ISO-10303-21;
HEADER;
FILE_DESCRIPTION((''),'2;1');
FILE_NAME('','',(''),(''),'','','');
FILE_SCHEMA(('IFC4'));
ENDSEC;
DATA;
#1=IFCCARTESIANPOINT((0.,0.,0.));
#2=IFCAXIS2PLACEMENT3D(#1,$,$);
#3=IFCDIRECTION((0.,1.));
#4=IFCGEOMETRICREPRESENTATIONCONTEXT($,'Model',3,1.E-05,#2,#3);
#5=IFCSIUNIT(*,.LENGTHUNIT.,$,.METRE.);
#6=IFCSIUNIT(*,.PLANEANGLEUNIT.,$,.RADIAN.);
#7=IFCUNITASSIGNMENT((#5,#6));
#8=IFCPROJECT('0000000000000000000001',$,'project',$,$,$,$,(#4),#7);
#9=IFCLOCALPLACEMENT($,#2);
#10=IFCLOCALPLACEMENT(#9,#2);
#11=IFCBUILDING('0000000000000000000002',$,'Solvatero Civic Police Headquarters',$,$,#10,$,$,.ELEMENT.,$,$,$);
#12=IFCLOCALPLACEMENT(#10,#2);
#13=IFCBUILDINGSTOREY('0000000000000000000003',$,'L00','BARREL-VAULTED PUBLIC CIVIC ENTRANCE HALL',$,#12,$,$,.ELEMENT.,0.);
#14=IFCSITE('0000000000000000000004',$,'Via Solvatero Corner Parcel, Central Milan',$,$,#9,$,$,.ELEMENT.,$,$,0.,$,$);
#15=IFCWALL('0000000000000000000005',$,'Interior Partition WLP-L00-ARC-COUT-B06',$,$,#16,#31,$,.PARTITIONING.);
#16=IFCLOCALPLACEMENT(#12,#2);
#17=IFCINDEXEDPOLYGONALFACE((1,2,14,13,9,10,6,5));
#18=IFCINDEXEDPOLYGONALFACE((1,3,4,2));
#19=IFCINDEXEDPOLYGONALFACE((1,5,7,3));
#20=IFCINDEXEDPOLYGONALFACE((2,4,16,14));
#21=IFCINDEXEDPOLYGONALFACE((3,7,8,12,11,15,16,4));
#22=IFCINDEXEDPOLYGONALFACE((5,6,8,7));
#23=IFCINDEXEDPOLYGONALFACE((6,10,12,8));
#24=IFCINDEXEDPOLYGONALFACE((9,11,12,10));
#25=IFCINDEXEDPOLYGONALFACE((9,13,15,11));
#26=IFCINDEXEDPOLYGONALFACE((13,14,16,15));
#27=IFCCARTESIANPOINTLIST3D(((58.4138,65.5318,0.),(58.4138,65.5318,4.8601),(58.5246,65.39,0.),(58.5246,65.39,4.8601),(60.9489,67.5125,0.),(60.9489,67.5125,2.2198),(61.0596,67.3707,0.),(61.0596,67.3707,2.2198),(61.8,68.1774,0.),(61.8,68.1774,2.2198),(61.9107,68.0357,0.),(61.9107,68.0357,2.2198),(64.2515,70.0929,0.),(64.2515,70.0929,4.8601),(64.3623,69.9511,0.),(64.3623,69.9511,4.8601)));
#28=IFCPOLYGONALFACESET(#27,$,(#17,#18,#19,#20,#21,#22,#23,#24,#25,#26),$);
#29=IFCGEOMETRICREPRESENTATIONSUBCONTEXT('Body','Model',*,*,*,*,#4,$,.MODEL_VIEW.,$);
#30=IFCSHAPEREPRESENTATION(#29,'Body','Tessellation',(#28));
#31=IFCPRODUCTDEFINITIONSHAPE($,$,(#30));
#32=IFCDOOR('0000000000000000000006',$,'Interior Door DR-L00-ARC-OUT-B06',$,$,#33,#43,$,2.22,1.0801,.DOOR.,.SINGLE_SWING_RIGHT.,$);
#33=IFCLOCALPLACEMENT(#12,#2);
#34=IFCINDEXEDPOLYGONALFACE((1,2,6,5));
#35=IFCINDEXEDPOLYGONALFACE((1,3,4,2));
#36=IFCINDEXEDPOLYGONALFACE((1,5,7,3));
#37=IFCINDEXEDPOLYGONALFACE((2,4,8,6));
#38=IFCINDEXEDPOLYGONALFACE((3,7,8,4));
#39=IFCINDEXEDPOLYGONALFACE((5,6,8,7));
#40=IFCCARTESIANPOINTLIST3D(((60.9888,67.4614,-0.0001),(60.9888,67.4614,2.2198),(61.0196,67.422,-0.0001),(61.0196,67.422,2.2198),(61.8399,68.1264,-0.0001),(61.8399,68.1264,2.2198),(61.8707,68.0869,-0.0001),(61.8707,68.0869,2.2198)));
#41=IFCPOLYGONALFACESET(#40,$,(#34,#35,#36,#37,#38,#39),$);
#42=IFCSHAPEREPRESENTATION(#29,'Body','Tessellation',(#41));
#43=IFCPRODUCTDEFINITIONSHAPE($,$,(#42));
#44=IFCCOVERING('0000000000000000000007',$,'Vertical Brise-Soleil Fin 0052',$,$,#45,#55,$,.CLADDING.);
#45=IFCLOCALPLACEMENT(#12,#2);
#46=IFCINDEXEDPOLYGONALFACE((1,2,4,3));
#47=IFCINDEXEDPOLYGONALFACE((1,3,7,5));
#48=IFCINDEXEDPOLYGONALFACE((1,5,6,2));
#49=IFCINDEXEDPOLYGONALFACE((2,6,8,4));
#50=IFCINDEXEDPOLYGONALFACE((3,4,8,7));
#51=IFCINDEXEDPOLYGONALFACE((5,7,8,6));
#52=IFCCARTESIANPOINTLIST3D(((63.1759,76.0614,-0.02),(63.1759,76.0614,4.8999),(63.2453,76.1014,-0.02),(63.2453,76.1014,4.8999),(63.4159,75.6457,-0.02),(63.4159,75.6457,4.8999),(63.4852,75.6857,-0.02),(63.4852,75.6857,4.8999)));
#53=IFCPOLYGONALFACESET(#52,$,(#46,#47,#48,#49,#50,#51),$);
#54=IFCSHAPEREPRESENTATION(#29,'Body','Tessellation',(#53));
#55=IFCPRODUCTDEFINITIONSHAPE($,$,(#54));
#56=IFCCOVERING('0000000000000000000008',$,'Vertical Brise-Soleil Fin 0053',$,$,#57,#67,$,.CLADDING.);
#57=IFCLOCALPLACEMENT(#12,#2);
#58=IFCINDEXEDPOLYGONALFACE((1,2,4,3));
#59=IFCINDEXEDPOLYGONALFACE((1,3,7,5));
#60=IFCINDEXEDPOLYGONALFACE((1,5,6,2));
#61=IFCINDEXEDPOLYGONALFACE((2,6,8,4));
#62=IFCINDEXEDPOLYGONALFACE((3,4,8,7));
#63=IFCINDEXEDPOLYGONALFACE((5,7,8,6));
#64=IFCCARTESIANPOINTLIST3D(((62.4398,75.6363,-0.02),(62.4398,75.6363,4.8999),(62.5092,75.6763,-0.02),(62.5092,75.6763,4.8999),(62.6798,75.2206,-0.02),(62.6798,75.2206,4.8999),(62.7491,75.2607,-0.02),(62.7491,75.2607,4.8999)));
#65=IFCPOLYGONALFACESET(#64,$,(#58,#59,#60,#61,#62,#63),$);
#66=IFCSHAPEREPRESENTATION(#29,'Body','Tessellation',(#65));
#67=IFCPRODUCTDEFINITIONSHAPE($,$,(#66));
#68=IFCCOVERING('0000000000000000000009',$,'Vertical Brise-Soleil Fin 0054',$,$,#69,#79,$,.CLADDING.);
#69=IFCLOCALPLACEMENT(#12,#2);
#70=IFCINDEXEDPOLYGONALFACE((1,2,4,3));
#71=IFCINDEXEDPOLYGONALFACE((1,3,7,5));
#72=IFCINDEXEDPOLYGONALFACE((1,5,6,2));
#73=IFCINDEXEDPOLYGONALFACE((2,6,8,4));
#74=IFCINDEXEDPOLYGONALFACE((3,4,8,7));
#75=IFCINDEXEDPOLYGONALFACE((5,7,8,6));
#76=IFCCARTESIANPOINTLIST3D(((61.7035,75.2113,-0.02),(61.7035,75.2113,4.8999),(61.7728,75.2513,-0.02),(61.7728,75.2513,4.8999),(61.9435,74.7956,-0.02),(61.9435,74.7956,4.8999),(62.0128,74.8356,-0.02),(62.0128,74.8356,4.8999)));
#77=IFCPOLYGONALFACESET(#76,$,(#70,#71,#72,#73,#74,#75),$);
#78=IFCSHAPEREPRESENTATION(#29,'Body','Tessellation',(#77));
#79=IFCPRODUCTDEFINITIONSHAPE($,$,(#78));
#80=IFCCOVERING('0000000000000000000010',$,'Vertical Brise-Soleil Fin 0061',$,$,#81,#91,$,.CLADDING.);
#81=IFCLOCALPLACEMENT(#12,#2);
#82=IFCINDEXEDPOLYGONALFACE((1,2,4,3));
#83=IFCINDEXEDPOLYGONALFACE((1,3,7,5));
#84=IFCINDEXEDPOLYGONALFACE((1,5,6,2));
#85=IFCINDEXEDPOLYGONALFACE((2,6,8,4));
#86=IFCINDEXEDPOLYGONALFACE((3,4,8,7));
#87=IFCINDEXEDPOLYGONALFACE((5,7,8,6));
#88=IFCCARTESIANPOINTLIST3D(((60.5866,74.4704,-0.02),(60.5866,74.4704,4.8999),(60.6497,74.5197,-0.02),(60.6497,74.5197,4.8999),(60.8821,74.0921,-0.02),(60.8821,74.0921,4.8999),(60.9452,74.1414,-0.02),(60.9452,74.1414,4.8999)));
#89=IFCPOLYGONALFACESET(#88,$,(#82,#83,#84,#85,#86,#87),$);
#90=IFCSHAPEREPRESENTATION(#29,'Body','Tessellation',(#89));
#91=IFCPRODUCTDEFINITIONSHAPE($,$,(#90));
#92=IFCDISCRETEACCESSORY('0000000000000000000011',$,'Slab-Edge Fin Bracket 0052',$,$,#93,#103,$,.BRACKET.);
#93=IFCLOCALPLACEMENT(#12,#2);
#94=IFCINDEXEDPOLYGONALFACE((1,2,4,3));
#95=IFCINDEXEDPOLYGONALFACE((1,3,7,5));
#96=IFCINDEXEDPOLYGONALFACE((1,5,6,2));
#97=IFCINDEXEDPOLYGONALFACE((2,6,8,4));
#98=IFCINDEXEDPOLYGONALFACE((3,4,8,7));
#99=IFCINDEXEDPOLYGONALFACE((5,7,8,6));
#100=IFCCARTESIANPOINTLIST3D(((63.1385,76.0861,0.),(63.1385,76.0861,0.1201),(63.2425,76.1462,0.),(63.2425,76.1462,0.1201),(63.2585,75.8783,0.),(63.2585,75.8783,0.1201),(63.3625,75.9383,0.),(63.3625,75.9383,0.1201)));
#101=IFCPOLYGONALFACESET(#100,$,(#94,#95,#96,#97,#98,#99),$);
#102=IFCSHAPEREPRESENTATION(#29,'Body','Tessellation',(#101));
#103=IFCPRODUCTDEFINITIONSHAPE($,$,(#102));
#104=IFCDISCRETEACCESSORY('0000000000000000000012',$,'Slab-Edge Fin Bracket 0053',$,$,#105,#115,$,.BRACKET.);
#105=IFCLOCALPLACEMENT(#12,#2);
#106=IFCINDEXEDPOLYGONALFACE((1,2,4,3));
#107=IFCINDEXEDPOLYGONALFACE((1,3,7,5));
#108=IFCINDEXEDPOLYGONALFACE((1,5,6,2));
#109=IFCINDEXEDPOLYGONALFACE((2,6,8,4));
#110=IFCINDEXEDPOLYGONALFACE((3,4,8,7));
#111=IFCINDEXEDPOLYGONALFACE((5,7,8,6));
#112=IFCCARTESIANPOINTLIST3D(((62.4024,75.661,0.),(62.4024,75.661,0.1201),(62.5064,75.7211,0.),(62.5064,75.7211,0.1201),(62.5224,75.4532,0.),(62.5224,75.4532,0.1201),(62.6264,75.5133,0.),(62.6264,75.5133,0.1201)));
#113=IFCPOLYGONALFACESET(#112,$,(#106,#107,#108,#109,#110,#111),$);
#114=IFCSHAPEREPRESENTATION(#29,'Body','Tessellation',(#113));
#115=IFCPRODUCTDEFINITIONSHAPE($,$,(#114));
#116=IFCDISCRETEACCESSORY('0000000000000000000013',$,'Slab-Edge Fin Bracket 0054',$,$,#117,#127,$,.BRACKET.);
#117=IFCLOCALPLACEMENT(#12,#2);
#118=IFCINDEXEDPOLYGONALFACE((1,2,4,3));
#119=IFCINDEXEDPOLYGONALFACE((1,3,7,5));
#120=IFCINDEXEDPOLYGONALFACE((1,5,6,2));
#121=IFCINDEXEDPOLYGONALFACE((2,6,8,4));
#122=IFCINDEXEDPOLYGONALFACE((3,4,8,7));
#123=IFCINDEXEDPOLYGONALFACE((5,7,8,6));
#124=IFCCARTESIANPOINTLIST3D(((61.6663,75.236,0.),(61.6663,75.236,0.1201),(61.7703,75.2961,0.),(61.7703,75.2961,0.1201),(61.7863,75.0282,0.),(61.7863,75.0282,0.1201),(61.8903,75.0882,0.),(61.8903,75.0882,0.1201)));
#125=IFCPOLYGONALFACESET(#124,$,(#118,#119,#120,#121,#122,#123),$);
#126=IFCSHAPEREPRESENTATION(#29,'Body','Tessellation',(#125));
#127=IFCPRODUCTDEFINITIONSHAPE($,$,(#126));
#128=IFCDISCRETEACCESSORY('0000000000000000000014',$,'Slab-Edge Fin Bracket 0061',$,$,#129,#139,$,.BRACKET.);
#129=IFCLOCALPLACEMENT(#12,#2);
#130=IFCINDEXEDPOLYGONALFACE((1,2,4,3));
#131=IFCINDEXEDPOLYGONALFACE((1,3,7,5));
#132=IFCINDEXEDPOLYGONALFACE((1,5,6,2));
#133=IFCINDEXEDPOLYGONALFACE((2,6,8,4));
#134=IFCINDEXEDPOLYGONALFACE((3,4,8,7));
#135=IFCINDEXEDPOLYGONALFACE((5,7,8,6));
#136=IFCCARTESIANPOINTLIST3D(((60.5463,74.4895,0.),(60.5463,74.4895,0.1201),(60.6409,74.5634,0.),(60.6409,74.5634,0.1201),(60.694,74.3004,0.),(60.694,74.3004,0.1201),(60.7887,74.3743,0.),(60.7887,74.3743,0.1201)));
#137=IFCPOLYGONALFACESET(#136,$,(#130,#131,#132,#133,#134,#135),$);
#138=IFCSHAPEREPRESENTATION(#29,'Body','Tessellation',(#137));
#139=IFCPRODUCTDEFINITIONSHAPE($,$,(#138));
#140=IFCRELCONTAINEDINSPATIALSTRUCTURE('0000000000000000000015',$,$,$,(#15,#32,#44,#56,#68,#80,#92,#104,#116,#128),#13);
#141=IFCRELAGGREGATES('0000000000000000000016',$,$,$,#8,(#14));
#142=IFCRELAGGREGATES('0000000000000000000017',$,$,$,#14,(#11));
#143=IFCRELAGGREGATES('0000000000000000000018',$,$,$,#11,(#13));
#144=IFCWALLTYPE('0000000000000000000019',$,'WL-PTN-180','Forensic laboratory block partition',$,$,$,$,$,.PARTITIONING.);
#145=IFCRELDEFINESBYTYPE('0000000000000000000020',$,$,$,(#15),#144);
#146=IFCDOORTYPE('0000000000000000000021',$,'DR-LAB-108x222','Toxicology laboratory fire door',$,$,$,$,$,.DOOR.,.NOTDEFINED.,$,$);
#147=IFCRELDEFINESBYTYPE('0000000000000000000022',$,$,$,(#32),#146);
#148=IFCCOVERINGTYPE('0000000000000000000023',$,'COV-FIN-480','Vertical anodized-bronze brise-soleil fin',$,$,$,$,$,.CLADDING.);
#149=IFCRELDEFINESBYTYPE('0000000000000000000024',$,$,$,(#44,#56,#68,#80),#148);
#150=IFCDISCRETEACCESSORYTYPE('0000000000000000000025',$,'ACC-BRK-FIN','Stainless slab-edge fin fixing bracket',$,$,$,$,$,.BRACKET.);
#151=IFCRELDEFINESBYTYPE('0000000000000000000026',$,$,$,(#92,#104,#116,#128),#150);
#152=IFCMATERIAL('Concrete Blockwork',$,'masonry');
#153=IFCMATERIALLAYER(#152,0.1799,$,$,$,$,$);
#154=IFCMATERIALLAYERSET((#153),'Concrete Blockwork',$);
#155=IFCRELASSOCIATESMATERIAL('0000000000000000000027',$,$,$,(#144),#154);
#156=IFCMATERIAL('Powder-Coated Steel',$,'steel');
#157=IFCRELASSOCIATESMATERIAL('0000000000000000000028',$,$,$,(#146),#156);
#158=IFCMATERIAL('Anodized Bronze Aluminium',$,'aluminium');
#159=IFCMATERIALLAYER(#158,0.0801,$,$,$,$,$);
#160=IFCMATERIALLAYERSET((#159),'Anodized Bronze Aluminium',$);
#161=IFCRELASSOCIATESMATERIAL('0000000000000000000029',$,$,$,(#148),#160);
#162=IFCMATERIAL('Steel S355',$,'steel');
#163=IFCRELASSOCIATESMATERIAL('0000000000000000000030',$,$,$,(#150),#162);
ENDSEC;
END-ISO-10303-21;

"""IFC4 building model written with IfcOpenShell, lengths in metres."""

from ifc_helpers import new_model, si_unit, direction, frame, frame_2d, origin, origin_2d, place, context, subcontext, project, spatial, rectangle, extrude, material, layer, layer_set, type_object, element, fill, save


model = new_model("IFC4")

# Units and contexts
model_context = context("Model", 3, precision=1e-05, world=origin(), true_north=direction((0.0, 1.0)))
body_context = subcontext(model_context, "Body", "Model", "MODEL_VIEW")
ifc_project = project(units=[si_unit("LENGTHUNIT", "METRE"), si_unit("PLANEANGLEUNIT", "RADIAN")], contexts=[model_context])

# Site, building, storey
site_placement = place(None, origin())
site = spatial("IfcSite", under=ifc_project, at=site_placement, Name="Via Solvatero Corner Parcel, Central Milan", CompositionType="ELEMENT", RefElevation=0.0)
building_placement = place(site_placement, origin())
building = spatial("IfcBuilding", under=site, at=building_placement, Name="Solvatero Civic Police Headquarters", CompositionType="ELEMENT")
storey_placement = place(building_placement, origin())
storey = spatial("IfcBuildingStorey", under=building, at=storey_placement, Name="L00", Description="BARREL-VAULTED PUBLIC CIVIC ENTRANCE HALL", CompositionType="ELEMENT", Elevation=0.0)

# Shared definitions
ifc_material_1 = material(Name="Steel S355", Category="steel")

# Shared definitions
ifc_material_2 = material(Name="Anodized Bronze Aluminium", Category="aluminium")

# Wall, opening, door
ifc_material_3 = material(Name="Concrete Blockwork", Category="masonry")
ifc_layer_1 = layer(ifc_material_3, 0.1799)
ifc_layer_set_1 = layer_set([ifc_layer_1], Name="Concrete Blockwork")
wall_type = type_object("IfcWallType", Name="WL-PTN-180", Description="Forensic laboratory block partition", PredefinedType="PARTITIONING", material=ifc_layer_set_1)
ifc_material_4 = material(Name="Powder-Coated Steel", Category="steel")
door_type = type_object("IfcDoorType", Name="DR-LAB-108x222", Description="Toxicology laboratory fire door", OperationType="NOTDEFINED", PredefinedType="DOOR", material=ifc_material_4)
wall_1_placement = place(storey_placement, frame((64.3069, 70.022, 0.0), z_axis=(0.0, 0.0, 1.0), x_axis=(-0.788, -0.615675, 0.0)))
wall_1 = element("IfcWall", 1, at=wall_1_placement, inside=storey, type_object=wall_type, Name="Interior Partition WLP-L00-ARC-COUT-B06", PredefinedType="PARTITIONING", context=body_context, shape_type="SweptSolid", body=[
    extrude(rectangle(XDim=7.4082, YDim=0.1799, at=frame_2d((3.7041, 0.0))), origin(), (0.0, 0.0, 1.0), 4.8601),
])
opening_1_placement = place(wall_1_placement, frame((3.1111, 0.0, 0.0)))
opening_1 = element("IfcOpeningElement", 2, at=opening_1_placement, cuts=wall_1, PredefinedType="OPENING", context=body_context, shape_type="SweptSolid", body=[
    extrude(rectangle(XDim=1.0801, YDim=2.22, at=frame_2d((0.54, 1.1099))), frame((0.0, 0.0999, 0.0), z_axis=(0.0, -1.0, 0.0), x_axis=(1.0, 0.0, 0.0)), (0.0, 0.0, 1.0), 0.2),
])
door_1_placement = place(opening_1_placement, origin())
door_1 = element("IfcDoor", 3, at=door_1_placement, inside=storey, type_object=door_type, Name="Interior Door DR-L00-ARC-OUT-B06", OperationType="SINGLE_SWING_RIGHT", OverallHeight=2.22, OverallWidth=1.0801, PredefinedType="DOOR", context=body_context, shape_type="SweptSolid", body=[
    extrude(rectangle(XDim=1.0801, YDim=2.22, at=frame_2d((0.54, 1.1099))), frame((0.0, 0.0249, 0.0), z_axis=(0.0, -1.0, 0.0), x_axis=(1.0, 0.0, 0.0)), (0.0, 0.0, 1.0), 0.05),
])
fill(opening_1, door_1)

# Coverings
ifc_layer_2 = layer(ifc_material_2, 0.0801)
ifc_layer_set_2 = layer_set([ifc_layer_2], Name="Anodized Bronze Aluminium")
covering_type = type_object("IfcCoveringType", Name="COV-FIN-480", Description="Vertical anodized-bronze brise-soleil fin", PredefinedType="CLADDING", material=ifc_layer_set_2)
for number, where, z_axis, x_axis, name in (
    (4, (63.3306, 75.8735, -0.02), (0.0, 0.0, 1.0), (-0.866034, -0.499985, 0.0), "Vertical Brise-Soleil Fin 0052"),
    (5, (62.5945, 75.4485, -0.02), (0.0, 0.0, 1.0), (-0.866034, -0.499985, 0.0), "Vertical Brise-Soleil Fin 0053"),
    (6, (61.8582, 75.0234, -0.02), (0.0, 0.0, 1.0), (-0.866034, -0.499985, 0.0), "Vertical Brise-Soleil Fin 0054"),
    (7, (60.7659, 74.3059, -0.02), (0.0, 0.0, 1.0), (-0.788011, -0.615661, 0.0), "Vertical Brise-Soleil Fin 0061"),
):
    element("IfcCovering", number, at=place(storey_placement, frame(where, z_axis=z_axis, x_axis=x_axis)), inside=storey, type_object=covering_type, Name=name, PredefinedType="CLADDING", context=body_context, shape_type="SweptSolid", body=[
        extrude(rectangle(XDim=0.0801, YDim=0.48, at=origin_2d()), origin(), (0.0, 0.0, 1.0), 4.9199),
    ])

# Discrete accessories
discrete_accessory_type = type_object("IfcDiscreteAccessoryType", Name="ACC-BRK-FIN", Description="Stainless slab-edge fin fixing bracket", PredefinedType="BRACKET", material=ifc_material_1)
for number, where, z_axis, x_axis, name in (
    (8, (63.2505, 76.0122, 0.0), (0.0, 0.0, 1.0), (-0.866034, -0.499985, 0.0), "Slab-Edge Fin Bracket 0052"),
    (9, (62.5144, 75.5872, 0.0), (0.0, 0.0, 1.0), (-0.866034, -0.499985, 0.0), "Slab-Edge Fin Bracket 0053"),
    (10, (61.7783, 75.1621, 0.0), (0.0, 0.0, 1.0), (-0.866034, -0.499985, 0.0), "Slab-Edge Fin Bracket 0054"),
    (11, (60.6675, 74.4319, 0.0), (0.0, 0.0, 1.0), (-0.788011, -0.615661, 0.0), "Slab-Edge Fin Bracket 0061"),
):
    element("IfcDiscreteAccessory", number, at=place(storey_placement, frame(where, z_axis=z_axis, x_axis=x_axis)), inside=storey, type_object=discrete_accessory_type, Name=name, PredefinedType="BRACKET", context=body_context, shape_type="SweptSolid", body=[
        extrude(rectangle(XDim=0.1201, YDim=0.24, at=origin_2d()), origin(), (0.0, 0.0, 1.0), 0.1201),
    ])

save(model, "model.ifc")
